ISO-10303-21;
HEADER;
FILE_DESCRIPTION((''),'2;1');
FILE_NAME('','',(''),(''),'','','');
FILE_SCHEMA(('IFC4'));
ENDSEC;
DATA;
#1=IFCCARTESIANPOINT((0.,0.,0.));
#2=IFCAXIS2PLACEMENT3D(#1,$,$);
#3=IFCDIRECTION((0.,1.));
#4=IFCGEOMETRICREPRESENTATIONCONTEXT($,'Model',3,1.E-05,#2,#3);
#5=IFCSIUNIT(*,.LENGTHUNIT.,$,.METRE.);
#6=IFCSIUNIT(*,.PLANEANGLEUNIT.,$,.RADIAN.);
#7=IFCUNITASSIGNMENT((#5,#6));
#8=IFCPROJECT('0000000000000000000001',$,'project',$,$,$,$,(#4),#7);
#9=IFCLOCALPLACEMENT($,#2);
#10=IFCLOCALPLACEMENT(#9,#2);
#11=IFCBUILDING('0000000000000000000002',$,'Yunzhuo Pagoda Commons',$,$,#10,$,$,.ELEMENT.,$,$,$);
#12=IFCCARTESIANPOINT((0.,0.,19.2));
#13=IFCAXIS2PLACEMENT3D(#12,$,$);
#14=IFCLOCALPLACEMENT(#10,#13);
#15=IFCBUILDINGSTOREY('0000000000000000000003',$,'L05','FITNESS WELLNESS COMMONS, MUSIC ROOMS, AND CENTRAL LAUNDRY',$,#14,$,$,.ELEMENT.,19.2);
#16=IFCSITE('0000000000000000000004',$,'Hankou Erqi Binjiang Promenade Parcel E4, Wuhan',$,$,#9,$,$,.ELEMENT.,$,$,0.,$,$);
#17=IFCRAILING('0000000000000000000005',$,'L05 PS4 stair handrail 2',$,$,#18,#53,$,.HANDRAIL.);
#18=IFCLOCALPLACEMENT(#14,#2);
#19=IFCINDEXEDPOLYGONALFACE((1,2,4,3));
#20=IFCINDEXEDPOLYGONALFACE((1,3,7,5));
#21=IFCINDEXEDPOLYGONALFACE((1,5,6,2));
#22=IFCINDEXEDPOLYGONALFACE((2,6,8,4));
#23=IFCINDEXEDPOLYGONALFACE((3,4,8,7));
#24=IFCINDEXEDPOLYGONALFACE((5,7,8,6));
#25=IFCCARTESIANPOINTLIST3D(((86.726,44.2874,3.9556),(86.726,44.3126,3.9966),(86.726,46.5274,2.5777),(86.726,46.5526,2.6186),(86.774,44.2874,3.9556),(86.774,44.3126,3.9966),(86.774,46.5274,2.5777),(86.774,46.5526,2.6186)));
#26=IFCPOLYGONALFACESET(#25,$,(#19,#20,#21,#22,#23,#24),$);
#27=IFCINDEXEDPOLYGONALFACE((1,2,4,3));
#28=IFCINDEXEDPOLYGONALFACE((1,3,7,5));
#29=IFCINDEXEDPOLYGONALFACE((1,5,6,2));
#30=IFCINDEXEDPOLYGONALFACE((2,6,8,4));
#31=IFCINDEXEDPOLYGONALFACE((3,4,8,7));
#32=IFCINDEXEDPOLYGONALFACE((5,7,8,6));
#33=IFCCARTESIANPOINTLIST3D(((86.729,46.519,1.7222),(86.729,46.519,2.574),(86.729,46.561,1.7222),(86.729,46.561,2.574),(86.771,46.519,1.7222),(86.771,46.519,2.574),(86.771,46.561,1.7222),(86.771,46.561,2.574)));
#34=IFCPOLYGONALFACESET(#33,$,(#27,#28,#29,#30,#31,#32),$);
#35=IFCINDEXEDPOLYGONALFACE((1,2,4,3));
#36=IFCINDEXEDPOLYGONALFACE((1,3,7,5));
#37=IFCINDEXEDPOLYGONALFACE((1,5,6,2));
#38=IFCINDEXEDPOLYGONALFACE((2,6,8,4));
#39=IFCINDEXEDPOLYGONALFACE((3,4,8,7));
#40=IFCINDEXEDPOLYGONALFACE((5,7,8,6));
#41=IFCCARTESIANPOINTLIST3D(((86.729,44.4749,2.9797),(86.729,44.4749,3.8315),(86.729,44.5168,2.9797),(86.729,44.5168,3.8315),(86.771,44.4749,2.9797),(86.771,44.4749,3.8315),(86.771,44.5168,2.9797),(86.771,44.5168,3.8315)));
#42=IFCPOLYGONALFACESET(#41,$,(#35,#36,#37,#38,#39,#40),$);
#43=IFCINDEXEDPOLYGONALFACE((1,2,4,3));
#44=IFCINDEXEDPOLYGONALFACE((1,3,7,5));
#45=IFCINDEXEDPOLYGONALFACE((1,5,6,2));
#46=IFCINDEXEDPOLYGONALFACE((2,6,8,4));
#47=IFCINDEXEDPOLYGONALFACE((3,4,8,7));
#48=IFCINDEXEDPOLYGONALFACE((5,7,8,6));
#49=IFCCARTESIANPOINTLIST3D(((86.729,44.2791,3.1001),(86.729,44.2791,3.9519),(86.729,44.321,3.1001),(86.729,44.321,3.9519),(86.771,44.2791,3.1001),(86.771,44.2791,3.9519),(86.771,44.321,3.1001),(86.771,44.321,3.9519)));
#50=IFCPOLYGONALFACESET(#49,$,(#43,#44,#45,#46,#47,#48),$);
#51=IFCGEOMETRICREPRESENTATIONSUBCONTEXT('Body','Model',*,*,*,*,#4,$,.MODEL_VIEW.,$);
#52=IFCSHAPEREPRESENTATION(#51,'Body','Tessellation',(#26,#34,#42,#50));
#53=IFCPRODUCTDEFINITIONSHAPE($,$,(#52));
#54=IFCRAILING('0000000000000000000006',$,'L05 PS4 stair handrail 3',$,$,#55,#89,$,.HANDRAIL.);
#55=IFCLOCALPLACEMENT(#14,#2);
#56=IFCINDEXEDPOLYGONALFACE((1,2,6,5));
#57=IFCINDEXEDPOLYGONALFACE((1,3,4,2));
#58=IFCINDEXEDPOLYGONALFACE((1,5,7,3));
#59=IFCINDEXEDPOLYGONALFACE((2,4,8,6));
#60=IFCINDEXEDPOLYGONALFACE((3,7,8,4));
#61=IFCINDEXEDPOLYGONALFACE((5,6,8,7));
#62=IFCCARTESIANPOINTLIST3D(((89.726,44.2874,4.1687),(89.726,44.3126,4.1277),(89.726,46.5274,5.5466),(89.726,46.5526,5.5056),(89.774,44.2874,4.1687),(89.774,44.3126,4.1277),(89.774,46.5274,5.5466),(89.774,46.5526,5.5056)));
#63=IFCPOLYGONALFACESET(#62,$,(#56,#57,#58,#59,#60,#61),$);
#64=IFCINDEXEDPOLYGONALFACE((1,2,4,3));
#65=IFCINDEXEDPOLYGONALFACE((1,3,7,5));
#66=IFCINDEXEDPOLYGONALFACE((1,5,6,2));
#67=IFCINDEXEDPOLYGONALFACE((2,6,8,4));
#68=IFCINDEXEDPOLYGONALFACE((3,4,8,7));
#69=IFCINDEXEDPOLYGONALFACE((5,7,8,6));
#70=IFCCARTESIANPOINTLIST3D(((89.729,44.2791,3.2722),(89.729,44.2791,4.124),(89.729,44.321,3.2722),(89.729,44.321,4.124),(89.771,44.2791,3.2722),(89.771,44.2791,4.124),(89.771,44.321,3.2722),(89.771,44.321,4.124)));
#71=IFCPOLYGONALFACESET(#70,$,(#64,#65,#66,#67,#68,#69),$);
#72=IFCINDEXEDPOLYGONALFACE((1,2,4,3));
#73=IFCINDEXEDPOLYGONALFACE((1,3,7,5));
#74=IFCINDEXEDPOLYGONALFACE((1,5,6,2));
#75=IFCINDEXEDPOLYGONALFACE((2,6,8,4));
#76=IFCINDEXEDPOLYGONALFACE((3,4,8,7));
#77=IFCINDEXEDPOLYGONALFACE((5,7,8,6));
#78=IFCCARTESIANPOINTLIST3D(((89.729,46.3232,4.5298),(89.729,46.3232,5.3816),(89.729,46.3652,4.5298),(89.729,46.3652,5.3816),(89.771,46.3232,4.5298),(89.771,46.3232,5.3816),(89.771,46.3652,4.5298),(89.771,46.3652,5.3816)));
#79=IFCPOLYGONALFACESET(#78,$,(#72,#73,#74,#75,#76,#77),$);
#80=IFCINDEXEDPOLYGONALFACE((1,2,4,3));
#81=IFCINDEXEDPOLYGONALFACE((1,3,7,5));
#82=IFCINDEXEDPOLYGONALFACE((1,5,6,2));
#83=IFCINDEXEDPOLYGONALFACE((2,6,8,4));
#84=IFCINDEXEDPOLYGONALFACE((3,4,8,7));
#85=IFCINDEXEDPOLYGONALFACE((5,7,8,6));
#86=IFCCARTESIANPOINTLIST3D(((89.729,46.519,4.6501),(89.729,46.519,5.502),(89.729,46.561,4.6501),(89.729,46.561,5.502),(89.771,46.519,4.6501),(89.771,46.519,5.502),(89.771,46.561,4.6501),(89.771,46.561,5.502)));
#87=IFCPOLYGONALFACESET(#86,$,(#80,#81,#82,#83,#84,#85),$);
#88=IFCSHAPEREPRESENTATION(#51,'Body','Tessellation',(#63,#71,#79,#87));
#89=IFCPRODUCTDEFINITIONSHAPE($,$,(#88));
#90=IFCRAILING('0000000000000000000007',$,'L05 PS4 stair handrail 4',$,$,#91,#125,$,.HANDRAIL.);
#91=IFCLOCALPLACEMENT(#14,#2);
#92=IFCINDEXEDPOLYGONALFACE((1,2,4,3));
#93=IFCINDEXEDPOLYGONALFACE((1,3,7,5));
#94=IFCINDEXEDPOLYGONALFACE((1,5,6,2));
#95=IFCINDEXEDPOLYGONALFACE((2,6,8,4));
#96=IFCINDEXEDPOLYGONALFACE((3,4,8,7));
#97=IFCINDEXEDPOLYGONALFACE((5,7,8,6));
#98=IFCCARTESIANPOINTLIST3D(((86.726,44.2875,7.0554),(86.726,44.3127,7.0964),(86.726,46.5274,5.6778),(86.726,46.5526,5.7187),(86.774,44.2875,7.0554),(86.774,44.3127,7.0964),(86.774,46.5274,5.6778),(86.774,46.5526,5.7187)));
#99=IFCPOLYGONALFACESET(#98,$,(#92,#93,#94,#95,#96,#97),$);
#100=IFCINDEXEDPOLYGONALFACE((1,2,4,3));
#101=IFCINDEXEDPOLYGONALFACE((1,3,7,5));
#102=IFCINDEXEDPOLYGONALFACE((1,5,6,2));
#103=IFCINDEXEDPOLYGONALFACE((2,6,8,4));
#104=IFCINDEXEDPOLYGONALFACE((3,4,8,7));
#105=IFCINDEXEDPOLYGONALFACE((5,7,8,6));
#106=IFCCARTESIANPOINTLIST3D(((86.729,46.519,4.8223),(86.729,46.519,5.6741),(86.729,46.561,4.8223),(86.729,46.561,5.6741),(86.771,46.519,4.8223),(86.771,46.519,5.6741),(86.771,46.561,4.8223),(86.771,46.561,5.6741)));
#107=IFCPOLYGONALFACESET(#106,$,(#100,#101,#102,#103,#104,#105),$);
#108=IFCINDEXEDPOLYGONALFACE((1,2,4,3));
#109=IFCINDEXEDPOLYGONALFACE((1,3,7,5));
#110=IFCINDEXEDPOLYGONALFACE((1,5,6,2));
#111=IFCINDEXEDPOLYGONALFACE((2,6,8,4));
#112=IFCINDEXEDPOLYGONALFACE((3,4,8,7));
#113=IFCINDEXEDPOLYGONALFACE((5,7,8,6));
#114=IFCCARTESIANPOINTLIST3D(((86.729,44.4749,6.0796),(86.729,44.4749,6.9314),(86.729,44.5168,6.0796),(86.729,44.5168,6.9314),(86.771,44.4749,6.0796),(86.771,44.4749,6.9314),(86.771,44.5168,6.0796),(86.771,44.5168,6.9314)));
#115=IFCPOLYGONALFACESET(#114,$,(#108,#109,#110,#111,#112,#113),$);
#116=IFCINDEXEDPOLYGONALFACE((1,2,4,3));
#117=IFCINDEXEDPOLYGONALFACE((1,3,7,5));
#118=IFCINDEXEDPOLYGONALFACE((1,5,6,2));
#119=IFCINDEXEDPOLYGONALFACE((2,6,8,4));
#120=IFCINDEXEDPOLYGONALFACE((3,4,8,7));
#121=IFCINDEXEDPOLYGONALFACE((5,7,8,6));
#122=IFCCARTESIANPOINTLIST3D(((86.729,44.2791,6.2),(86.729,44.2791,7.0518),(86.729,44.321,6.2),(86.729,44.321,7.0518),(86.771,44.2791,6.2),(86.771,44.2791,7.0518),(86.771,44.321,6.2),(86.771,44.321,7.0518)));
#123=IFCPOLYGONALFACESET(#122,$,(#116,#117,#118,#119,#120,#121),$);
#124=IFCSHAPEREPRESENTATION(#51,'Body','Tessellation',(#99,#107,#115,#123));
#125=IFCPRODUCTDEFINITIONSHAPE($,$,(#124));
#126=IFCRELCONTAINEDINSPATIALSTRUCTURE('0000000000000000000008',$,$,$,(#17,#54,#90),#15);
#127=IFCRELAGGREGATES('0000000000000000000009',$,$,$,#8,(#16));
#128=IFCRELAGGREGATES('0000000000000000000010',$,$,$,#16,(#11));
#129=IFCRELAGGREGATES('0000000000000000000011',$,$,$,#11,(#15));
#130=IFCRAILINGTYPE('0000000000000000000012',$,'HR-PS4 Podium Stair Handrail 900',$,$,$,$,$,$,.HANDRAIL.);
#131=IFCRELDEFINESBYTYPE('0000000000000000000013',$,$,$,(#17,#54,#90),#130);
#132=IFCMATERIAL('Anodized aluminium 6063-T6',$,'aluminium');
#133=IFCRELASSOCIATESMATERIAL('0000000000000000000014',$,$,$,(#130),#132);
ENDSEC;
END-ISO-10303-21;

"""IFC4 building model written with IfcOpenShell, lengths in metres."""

from ifc_helpers import new_model, si_unit, direction, frame, origin, origin_2d, place, context, subcontext, project, spatial, rectangle, extrude, material, type_object, element, save


model = new_model("IFC4")

# Units and contexts
model_context = context("Model", 3, precision=1e-05, world=origin(), true_north=direction((0.0, 1.0)))
body_context = subcontext(model_context, "Body", "Model", "MODEL_VIEW")
ifc_project = project(units=[si_unit("LENGTHUNIT", "METRE"), si_unit("PLANEANGLEUNIT", "RADIAN")], contexts=[model_context])

# Site, building, storey
site_placement = place(None, origin())
site = spatial("IfcSite", under=ifc_project, at=site_placement, Name="Hankou Erqi Binjiang Promenade Parcel E4, Wuhan", CompositionType="ELEMENT", RefElevation=0.0)
building_placement = place(site_placement, origin())
building = spatial("IfcBuilding", under=site, at=building_placement, Name="Yunzhuo Pagoda Commons", CompositionType="ELEMENT")
storey_placement = place(building_placement, frame((0.0, 0.0, 19.2)))
storey = spatial("IfcBuildingStorey", under=building, at=storey_placement, Name="L05", Description="FITNESS WELLNESS COMMONS, MUSIC ROOMS, AND CENTRAL LAUNDRY", CompositionType="ELEMENT", Elevation=19.2)

# Railings
ifc_material_1 = material(Name="Anodized aluminium 6063-T6", Category="aluminium")
railing_type_1 = type_object("IfcRailingType", Name="HR-PS4 Podium Stair Handrail 900", PredefinedType="HANDRAIL", material=ifc_material_1)
railing_1_placement = place(storey_placement, frame((86.75, 46.54, 1.7222)))
element("IfcRailing", 1, at=railing_1_placement, inside=storey, type_object=railing_type_1, Name="L05 PS4 stair handrail 2", PredefinedType="HANDRAIL", context=body_context, shape_type="SweptSolid", body=[
    extrude(rectangle(XDim=0.0481, YDim=0.0481, at=origin_2d()), frame((0.0, 0.0, 0.876), z_axis=(0.0, -0.851748, 0.523952), x_axis=(1.0, 0.0, 0.0)), (0.0, 0.0, 1.0), 2.6299),
    extrude(rectangle(XDim=0.042, YDim=0.042, at=origin_2d()), origin(), (0.0, 0.0, 1.0), 0.8518),
    extrude(rectangle(XDim=0.042, YDim=0.042, at=origin_2d()), frame((0.0, -2.0442, 1.2576)), (0.0, 0.0, 1.0), 0.8518),
    extrude(rectangle(XDim=0.042, YDim=0.042, at=origin_2d()), frame((0.0, -2.24, 1.3779)), (0.0, 0.0, 1.0), 0.8518),
])
railing_2_placement = place(storey_placement, frame((89.75, 44.3, 3.2722)))
element("IfcRailing", 2, at=railing_2_placement, inside=storey, type_object=railing_type_1, Name="L05 PS4 stair handrail 3", PredefinedType="HANDRAIL", context=body_context, shape_type="SweptSolid", body=[
    extrude(rectangle(XDim=0.0481, YDim=0.0481, at=origin_2d()), frame((0.0, 0.0, 0.876), z_axis=(0.0, 0.851748, 0.523952), x_axis=(-1.0, 0.0, 0.0)), (0.0, 0.0, 1.0), 2.6299),
    extrude(rectangle(XDim=0.042, YDim=0.042, at=origin_2d()), origin(), (0.0, 0.0, 1.0), 0.8518),
    extrude(rectangle(XDim=0.042, YDim=0.042, at=origin_2d()), frame((0.0, 2.0442, 1.2576)), (0.0, 0.0, 1.0), 0.8518),
    extrude(rectangle(XDim=0.042, YDim=0.042, at=origin_2d()), frame((0.0, 2.24, 1.3779)), (0.0, 0.0, 1.0), 0.8518),
])
railing_3_placement = place(storey_placement, frame((86.75, 46.54, 4.8223)))
element("IfcRailing", 3, at=railing_3_placement, inside=storey, type_object=railing_type_1, Name="L05 PS4 stair handrail 4", PredefinedType="HANDRAIL", context=body_context, shape_type="SweptSolid", body=[
    extrude(rectangle(XDim=0.0481, YDim=0.0481, at=origin_2d()), frame((0.0, 0.0, 0.876), z_axis=(0.0, -0.851789, 0.523885), x_axis=(1.0, 0.0, 0.0)), (0.0, 0.0, 1.0), 2.6296),
    extrude(rectangle(XDim=0.042, YDim=0.042, at=origin_2d()), origin(), (0.0, 0.0, 1.0), 0.8518),
    extrude(rectangle(XDim=0.042, YDim=0.042, at=origin_2d()), frame((0.0, -2.0442, 1.2573)), (0.0, 0.0, 1.0), 0.8518),
    extrude(rectangle(XDim=0.042, YDim=0.042, at=origin_2d()), frame((0.0, -2.24, 1.3777)), (0.0, 0.0, 1.0), 0.8518),
])

save(model, "model.ifc")
